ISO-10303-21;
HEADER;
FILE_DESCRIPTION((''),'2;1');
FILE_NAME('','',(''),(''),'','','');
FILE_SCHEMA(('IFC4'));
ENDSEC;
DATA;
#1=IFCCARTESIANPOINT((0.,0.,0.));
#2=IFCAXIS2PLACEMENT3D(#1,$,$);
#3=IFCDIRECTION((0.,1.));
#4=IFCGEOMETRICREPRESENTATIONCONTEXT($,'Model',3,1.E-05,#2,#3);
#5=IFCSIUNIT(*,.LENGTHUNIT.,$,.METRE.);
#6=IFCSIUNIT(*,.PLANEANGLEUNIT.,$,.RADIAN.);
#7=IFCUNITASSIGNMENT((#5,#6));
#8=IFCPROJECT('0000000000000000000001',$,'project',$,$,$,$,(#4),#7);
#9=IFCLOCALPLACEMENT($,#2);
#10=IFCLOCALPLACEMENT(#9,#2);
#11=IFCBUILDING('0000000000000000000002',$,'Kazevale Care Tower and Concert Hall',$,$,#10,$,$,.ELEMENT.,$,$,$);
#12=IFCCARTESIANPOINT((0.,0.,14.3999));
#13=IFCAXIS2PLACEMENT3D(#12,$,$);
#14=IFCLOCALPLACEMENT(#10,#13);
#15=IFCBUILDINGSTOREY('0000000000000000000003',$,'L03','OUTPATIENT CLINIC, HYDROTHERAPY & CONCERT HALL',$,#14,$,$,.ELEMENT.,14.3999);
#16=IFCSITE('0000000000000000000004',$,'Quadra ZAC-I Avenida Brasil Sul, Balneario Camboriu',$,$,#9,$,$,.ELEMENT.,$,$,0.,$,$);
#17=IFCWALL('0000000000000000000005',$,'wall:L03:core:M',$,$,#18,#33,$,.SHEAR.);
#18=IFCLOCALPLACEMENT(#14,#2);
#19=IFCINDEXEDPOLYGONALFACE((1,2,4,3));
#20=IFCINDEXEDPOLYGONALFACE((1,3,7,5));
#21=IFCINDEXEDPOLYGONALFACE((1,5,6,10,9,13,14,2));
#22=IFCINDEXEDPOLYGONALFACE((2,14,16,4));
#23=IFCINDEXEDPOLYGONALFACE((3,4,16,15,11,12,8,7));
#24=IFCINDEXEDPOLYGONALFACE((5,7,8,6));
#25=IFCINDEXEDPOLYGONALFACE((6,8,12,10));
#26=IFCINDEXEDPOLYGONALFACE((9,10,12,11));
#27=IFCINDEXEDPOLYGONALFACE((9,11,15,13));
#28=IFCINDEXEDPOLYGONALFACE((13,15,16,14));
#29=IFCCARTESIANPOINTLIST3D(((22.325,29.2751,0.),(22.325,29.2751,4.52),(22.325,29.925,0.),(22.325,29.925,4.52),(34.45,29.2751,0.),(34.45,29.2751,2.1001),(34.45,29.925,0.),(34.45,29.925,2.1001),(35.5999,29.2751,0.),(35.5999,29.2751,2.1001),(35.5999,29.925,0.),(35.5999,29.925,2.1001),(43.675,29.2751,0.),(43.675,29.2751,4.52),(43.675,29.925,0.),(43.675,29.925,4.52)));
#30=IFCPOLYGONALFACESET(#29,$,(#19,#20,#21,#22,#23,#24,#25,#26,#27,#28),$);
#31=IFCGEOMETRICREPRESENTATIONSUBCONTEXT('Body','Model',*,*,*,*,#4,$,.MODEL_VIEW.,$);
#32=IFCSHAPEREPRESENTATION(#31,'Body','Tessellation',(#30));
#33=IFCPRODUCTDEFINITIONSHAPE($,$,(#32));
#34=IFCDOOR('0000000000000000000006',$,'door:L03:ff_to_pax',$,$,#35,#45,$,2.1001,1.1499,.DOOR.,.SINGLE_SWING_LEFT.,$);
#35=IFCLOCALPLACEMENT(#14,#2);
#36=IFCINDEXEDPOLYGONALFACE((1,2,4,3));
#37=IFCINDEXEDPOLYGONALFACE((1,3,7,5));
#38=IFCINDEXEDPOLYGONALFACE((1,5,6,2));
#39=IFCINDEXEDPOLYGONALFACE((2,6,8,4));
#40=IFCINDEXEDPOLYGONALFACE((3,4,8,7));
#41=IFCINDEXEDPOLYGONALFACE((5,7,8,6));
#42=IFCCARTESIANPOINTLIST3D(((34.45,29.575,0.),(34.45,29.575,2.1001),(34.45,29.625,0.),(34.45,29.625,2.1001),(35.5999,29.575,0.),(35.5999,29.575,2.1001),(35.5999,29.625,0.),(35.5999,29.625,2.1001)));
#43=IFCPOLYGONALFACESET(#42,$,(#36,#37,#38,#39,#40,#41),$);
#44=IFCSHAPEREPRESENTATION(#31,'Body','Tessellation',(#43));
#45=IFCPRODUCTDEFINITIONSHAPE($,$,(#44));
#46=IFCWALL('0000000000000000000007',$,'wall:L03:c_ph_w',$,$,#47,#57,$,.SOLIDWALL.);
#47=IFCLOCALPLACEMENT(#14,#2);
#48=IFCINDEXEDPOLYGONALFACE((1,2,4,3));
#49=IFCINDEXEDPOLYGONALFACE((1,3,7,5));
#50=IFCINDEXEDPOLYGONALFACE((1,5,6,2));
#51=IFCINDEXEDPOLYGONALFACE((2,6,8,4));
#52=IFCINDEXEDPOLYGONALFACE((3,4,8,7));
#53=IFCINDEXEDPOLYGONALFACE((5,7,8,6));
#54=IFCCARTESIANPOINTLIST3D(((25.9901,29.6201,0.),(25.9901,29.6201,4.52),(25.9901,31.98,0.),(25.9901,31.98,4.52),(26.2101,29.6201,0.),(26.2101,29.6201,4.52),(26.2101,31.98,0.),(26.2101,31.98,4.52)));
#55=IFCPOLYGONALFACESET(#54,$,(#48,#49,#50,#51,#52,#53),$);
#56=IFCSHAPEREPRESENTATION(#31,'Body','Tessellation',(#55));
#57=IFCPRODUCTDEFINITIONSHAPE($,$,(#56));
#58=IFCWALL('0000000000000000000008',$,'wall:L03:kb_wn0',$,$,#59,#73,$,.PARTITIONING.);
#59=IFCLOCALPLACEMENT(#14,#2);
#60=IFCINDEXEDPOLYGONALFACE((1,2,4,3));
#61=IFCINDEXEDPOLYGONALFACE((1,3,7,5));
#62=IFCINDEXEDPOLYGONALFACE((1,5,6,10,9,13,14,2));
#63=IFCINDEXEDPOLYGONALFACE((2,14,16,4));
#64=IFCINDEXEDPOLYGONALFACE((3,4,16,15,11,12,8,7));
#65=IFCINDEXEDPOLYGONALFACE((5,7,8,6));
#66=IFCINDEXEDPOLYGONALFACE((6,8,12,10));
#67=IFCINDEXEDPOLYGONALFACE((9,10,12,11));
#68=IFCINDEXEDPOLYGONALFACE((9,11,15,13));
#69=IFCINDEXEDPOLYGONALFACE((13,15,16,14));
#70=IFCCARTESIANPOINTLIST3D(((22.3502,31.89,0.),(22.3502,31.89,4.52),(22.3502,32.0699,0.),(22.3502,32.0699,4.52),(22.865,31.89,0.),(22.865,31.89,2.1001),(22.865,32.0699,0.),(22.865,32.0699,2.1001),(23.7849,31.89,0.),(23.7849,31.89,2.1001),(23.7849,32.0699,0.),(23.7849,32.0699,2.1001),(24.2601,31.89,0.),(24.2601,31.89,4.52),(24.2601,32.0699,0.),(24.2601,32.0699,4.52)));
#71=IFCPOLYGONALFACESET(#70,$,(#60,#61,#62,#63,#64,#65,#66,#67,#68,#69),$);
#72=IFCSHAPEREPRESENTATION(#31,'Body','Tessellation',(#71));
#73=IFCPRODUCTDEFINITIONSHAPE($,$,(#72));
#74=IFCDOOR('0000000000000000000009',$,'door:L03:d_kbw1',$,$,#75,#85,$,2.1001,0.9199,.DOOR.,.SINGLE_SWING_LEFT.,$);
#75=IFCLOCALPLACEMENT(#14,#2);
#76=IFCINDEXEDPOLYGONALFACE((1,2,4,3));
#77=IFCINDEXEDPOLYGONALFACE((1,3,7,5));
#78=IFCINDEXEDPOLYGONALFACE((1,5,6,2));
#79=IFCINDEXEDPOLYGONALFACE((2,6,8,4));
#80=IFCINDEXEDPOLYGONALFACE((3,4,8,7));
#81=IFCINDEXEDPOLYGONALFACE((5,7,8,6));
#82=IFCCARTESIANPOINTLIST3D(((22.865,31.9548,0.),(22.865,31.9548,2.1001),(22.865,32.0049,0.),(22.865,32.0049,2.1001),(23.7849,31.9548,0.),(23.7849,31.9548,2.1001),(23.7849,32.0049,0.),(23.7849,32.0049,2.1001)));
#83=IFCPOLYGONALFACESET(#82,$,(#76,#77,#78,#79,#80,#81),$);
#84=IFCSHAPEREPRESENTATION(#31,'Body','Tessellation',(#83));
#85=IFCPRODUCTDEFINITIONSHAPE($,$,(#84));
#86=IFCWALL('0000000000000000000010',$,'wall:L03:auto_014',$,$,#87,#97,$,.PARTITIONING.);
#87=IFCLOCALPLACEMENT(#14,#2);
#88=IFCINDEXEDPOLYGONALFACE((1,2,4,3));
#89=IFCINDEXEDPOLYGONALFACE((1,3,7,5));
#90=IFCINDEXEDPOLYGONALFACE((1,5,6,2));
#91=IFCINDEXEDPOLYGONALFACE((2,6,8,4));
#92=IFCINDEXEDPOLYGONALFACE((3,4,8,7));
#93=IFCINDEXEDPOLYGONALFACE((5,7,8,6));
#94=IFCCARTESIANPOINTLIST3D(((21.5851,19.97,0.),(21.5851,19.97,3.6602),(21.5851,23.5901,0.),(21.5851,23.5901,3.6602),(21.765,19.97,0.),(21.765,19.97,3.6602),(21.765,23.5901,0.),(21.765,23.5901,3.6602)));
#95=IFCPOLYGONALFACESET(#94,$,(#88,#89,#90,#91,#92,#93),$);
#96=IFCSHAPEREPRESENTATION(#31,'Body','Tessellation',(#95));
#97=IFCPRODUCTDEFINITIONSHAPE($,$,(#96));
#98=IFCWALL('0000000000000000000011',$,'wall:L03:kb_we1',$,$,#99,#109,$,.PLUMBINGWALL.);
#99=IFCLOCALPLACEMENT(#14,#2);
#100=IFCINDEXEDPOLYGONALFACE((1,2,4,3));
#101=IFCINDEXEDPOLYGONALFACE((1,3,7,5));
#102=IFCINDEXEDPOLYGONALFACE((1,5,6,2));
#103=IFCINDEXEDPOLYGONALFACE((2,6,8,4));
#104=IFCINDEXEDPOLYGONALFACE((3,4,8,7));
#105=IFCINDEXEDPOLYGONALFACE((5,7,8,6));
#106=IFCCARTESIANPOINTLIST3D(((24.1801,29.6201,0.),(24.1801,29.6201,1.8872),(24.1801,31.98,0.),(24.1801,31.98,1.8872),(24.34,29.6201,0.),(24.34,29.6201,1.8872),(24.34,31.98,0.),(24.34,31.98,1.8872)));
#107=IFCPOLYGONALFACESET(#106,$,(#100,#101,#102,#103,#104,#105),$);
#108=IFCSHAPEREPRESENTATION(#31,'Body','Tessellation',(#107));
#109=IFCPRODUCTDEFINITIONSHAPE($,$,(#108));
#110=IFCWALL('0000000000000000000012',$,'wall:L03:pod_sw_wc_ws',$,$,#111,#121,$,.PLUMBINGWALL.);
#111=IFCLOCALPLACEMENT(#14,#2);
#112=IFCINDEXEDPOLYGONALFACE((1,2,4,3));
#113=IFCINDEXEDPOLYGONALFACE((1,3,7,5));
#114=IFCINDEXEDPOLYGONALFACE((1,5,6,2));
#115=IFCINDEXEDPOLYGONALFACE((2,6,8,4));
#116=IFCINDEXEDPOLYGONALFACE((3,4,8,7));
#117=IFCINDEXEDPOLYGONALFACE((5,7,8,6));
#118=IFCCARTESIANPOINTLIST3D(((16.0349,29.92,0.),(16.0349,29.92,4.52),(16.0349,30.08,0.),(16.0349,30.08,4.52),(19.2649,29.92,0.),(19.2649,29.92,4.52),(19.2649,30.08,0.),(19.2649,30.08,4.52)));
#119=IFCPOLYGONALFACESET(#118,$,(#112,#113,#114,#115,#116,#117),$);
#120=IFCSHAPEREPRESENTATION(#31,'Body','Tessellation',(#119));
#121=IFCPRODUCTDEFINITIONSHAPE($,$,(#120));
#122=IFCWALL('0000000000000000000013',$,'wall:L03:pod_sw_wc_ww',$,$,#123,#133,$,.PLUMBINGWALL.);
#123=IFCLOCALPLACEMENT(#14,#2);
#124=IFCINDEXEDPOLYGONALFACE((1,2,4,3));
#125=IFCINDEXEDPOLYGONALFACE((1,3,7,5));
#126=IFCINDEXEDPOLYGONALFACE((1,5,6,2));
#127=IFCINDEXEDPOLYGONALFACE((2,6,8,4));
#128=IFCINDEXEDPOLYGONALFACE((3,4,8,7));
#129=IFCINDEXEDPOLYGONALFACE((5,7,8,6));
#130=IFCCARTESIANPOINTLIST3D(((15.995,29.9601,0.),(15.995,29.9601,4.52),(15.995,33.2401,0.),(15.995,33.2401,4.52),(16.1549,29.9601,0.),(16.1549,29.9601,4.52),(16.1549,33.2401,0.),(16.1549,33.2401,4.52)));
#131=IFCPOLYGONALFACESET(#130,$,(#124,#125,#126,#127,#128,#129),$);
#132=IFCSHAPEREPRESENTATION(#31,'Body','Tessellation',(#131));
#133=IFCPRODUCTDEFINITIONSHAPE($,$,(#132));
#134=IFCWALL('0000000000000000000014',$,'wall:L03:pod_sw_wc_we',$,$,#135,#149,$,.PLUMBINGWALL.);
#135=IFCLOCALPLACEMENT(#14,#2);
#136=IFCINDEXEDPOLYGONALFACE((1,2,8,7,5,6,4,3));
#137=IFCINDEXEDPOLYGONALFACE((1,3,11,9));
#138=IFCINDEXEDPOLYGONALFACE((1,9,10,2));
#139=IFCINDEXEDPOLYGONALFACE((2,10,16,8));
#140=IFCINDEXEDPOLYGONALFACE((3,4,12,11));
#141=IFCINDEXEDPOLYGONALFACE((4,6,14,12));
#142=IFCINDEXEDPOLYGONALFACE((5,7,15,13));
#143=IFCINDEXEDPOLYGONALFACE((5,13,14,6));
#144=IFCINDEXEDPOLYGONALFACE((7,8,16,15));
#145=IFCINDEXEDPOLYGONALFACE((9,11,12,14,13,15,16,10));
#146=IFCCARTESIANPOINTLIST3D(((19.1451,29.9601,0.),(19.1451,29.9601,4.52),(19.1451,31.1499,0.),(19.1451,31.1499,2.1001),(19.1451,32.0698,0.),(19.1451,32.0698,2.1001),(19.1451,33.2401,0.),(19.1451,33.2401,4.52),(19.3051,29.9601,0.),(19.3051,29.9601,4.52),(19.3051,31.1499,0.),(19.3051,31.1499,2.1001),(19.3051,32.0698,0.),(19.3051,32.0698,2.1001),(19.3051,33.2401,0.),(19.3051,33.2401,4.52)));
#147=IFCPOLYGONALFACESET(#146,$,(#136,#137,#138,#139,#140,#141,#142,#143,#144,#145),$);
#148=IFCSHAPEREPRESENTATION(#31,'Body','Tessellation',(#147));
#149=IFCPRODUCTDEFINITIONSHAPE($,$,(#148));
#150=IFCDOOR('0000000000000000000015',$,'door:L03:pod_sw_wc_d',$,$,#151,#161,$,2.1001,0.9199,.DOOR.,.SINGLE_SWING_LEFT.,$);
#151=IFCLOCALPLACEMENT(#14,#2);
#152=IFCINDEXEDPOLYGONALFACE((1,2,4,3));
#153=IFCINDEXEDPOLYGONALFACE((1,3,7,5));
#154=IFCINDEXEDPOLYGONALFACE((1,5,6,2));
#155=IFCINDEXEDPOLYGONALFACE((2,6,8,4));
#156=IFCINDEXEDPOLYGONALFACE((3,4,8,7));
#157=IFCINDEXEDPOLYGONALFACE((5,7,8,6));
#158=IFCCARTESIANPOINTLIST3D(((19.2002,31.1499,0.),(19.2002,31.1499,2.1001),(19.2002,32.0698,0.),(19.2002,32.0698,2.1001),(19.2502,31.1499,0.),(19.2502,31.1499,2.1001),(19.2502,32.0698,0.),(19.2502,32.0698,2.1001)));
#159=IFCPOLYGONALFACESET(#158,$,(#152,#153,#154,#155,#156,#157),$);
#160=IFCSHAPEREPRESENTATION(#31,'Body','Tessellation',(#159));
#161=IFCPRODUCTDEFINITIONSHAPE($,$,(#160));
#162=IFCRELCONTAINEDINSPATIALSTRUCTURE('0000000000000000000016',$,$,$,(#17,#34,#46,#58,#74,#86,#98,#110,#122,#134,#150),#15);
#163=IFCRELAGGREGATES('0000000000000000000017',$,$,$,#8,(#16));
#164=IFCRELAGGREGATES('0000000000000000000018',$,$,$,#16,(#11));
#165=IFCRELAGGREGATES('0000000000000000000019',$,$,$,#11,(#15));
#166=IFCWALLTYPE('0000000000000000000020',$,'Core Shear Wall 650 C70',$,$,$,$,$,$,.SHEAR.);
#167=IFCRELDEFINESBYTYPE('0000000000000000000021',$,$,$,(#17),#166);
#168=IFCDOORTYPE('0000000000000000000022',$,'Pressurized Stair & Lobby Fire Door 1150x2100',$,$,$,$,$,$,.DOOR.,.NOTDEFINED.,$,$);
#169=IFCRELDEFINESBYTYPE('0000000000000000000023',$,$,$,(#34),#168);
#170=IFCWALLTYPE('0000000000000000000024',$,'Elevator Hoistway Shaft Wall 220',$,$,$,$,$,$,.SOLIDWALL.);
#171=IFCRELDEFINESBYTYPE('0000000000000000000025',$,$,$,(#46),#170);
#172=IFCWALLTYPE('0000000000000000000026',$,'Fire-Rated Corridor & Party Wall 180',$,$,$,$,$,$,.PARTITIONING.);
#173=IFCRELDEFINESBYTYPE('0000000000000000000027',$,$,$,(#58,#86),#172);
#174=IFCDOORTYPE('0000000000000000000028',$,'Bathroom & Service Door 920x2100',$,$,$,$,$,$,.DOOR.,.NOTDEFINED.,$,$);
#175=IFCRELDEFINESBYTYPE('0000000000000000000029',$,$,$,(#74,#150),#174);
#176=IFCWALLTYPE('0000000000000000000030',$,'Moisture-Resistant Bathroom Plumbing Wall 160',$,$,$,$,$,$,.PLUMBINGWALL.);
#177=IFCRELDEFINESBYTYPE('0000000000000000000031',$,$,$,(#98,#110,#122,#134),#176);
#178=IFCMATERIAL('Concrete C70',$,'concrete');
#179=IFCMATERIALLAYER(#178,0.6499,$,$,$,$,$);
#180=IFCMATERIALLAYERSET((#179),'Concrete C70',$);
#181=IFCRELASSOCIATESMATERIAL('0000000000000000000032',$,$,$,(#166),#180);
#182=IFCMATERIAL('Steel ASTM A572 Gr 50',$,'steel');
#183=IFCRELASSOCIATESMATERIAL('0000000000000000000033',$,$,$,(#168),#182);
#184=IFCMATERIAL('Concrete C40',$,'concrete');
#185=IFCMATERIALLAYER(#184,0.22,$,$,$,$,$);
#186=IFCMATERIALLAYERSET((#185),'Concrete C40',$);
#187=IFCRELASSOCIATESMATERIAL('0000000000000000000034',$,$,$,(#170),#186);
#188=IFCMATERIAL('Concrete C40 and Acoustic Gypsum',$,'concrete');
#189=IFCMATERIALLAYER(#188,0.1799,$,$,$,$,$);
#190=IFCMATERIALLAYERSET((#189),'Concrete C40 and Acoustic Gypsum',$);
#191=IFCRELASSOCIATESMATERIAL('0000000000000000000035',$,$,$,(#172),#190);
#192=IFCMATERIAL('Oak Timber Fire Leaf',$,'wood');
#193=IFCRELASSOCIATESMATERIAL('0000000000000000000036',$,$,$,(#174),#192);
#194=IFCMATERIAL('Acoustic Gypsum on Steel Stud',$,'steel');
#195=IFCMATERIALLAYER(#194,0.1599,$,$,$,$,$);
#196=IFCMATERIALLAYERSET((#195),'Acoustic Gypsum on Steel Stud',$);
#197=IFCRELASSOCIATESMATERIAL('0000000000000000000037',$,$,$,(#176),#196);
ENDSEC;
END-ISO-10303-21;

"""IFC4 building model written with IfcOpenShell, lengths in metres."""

from ifc_helpers import new_model, si_unit, direction, frame, frame_2d, origin, place, context, subcontext, project, spatial, rectangle, extrude, material, layer, layer_set, type_object, element, fill, save


model = new_model("IFC4")

# Units and contexts
model_context = context("Model", 3, precision=1e-05, world=origin(), true_north=direction((0.0, 1.0)))
body_context = subcontext(model_context, "Body", "Model", "MODEL_VIEW")
ifc_project = project(units=[si_unit("LENGTHUNIT", "METRE"), si_unit("PLANEANGLEUNIT", "RADIAN")], contexts=[model_context])

# Site, building, storey
site_placement = place(None, origin())
site = spatial("IfcSite", under=ifc_project, at=site_placement, Name="Quadra ZAC-I Avenida Brasil Sul, Balneario Camboriu", CompositionType="ELEMENT", RefElevation=0.0)
building_placement = place(site_placement, origin())
building = spatial("IfcBuilding", under=site, at=building_placement, Name="Kazevale Care Tower and Concert Hall", CompositionType="ELEMENT")
storey_placement = place(building_placement, frame((0.0, 0.0, 14.3999)))
storey = spatial("IfcBuildingStorey", under=building, at=storey_placement, Name="L03", Description="OUTPATIENT CLINIC, HYDROTHERAPY & CONCERT HALL", CompositionType="ELEMENT", Elevation=14.3999)

# Shared definitions
ifc_material_1 = material(Name="Concrete C70", Category="concrete")

# Shared definitions
ifc_material_2 = material(Name="Steel ASTM A572 Gr 50", Category="steel")

# Shared definitions
ifc_material_3 = material(Name="Acoustic Gypsum on Steel Stud", Category="steel")
ifc_material_4 = material(Name="Oak Timber Fire Leaf", Category="wood")

# Shared definitions
ifc_layer_1 = layer(ifc_material_1, 0.6499)
ifc_layer_set_1 = layer_set([ifc_layer_1], Name="Concrete C70")
wall_type_1 = type_object("IfcWallType", Name="Core Shear Wall 650 C70", PredefinedType="SHEAR", material=ifc_layer_set_1)

# Wall, opening, door
wall_1_placement = place(storey_placement, frame((22.325, 29.6001, 0.0), z_axis=(0.0, 0.0, 1.0), x_axis=(1.0, 0.0, 0.0)))
wall_1 = element("IfcWall", 1, at=wall_1_placement, inside=storey, type_object=wall_type_1, Name="wall:L03:core:M", PredefinedType="SHEAR", context=body_context, shape_type="SweptSolid", body=[
    extrude(rectangle(XDim=21.3501, YDim=0.6499, at=frame_2d((10.675, 0.0))), origin(), (0.0, 0.0, 1.0), 4.52),
])
opening_1_placement = place(wall_1_placement, frame((12.125, 0.0, 0.0)))
opening_1 = element("IfcOpeningElement", 2, at=opening_1_placement, cuts=wall_1, PredefinedType="OPENING", context=body_context, shape_type="SweptSolid", body=[
    extrude(rectangle(XDim=1.1499, YDim=2.1001, at=frame_2d((0.575, 1.05))), frame((0.0, 0.335, 0.0), z_axis=(0.0, -1.0, 0.0), x_axis=(1.0, 0.0, 0.0)), (0.0, 0.0, 1.0), 0.6699),
])
door_type_1 = type_object("IfcDoorType", Name="Pressurized Stair & Lobby Fire Door 1150x2100", OperationType="NOTDEFINED", PredefinedType="DOOR", material=ifc_material_2)
door_1_placement = place(opening_1_placement, origin())
door_1 = element("IfcDoor", 3, at=door_1_placement, inside=storey, type_object=door_type_1, Name="door:L03:ff_to_pax", OperationType="SINGLE_SWING_LEFT", OverallHeight=2.1001, OverallWidth=1.1499, PredefinedType="DOOR", context=body_context, shape_type="SweptSolid", body=[
    extrude(rectangle(XDim=1.1499, YDim=2.1001, at=frame_2d((0.575, 1.05))), frame((0.0, 0.0249, 0.0), z_axis=(0.0, -1.0, 0.0), x_axis=(1.0, 0.0, 0.0)), (0.0, 0.0, 1.0), 0.05),
])
fill(opening_1, door_1)

# Wall
ifc_material_5 = material(Name="Concrete C40", Category="concrete")
ifc_layer_2 = layer(ifc_material_5, 0.22)
ifc_layer_set_2 = layer_set([ifc_layer_2], Name="Concrete C40")
wall_type_2 = type_object("IfcWallType", Name="Elevator Hoistway Shaft Wall 220", PredefinedType="SOLIDWALL", material=ifc_layer_set_2)
wall_2_placement = place(storey_placement, frame((26.1001, 29.6201, 0.0), z_axis=(0.0, 0.0, 1.0), x_axis=(0.0, 1.0, 0.0)))
element("IfcWall", 4, at=wall_2_placement, inside=storey, type_object=wall_type_2, Name="wall:L03:c_ph_w", PredefinedType="SOLIDWALL", context=body_context, shape_type="SweptSolid", body=[
    extrude(rectangle(XDim=2.3599, YDim=0.22, at=frame_2d((1.1799, 0.0))), origin(), (0.0, 0.0, 1.0), 4.52),
])

# Wall, opening, door
ifc_material_6 = material(Name="Concrete C40 and Acoustic Gypsum", Category="concrete")
ifc_layer_3 = layer(ifc_material_6, 0.1799)
ifc_layer_set_3 = layer_set([ifc_layer_3], Name="Concrete C40 and Acoustic Gypsum")
wall_type_3 = type_object("IfcWallType", Name="Fire-Rated Corridor & Party Wall 180", PredefinedType="PARTITIONING", material=ifc_layer_set_3)
wall_3_placement = place(storey_placement, frame((22.3501, 31.98, 0.0), z_axis=(0.0, 0.0, 1.0), x_axis=(1.0, 0.0, 0.0)))
wall_3 = element("IfcWall", 5, at=wall_3_placement, inside=storey, type_object=wall_type_3, Name="wall:L03:kb_wn0", PredefinedType="PARTITIONING", context=body_context, shape_type="SweptSolid", body=[
    extrude(rectangle(XDim=1.9099, YDim=0.1799, at=frame_2d((0.9551, 0.0))), origin(), (0.0, 0.0, 1.0), 4.52),
])
opening_2_placement = place(wall_3_placement, frame((0.5149, 0.0, 0.0)))
opening_2 = element("IfcOpeningElement", 6, at=opening_2_placement, cuts=wall_3, PredefinedType="OPENING", context=body_context, shape_type="SweptSolid", body=[
    extrude(rectangle(XDim=0.9199, YDim=2.1001, at=frame_2d((0.46, 1.05))), frame((0.0, 0.0999, 0.0), z_axis=(0.0, -1.0, 0.0), x_axis=(1.0, 0.0, 0.0)), (0.0, 0.0, 1.0), 0.2),
])
door_type_2 = type_object("IfcDoorType", Name="Bathroom & Service Door 920x2100", OperationType="NOTDEFINED", PredefinedType="DOOR", material=ifc_material_4)
door_2_placement = place(opening_2_placement, origin())
door_2 = element("IfcDoor", 7, at=door_2_placement, inside=storey, type_object=door_type_2, Name="door:L03:d_kbw1", OperationType="SINGLE_SWING_LEFT", OverallHeight=2.1001, OverallWidth=0.9199, PredefinedType="DOOR", context=body_context, shape_type="SweptSolid", body=[
    extrude(rectangle(XDim=0.9199, YDim=2.1001, at=frame_2d((0.46, 1.05))), frame((0.0, 0.0249, 0.0), z_axis=(0.0, -1.0, 0.0), x_axis=(1.0, 0.0, 0.0)), (0.0, 0.0, 1.0), 0.05),
])
fill(opening_2, door_2)

# Walls
wall_4_placement = place(storey_placement, frame((21.675, 23.5901, 0.0), z_axis=(0.0, 0.0, 1.0), x_axis=(0.0, -1.0, 0.0)))
element("IfcWall", 8, at=wall_4_placement, inside=storey, type_object=wall_type_3, Name="wall:L03:auto_014", PredefinedType="PARTITIONING", context=body_context, shape_type="SweptSolid", body=[
    extrude(rectangle(XDim=3.6201, YDim=0.1799, at=frame_2d((1.8101, 0.0))), origin(), (0.0, 0.0, 1.0), 3.6602),
])
ifc_layer_4 = layer(ifc_material_3, 0.1599)
ifc_layer_set_4 = layer_set([ifc_layer_4], Name="Acoustic Gypsum on Steel Stud")
wall_type_4 = type_object("IfcWallType", Name="Moisture-Resistant Bathroom Plumbing Wall 160", PredefinedType="PLUMBINGWALL", material=ifc_layer_set_4)
wall_5_placement = place(storey_placement, frame((24.26, 29.6201, 0.0), z_axis=(0.0, 0.0, 1.0), x_axis=(0.0, 1.0, 0.0)))
element("IfcWall", 9, at=wall_5_placement, inside=storey, type_object=wall_type_4, Name="wall:L03:kb_we1", PredefinedType="PLUMBINGWALL", context=body_context, shape_type="SweptSolid", body=[
    extrude(rectangle(XDim=2.3599, YDim=0.1599, at=frame_2d((1.1799, 0.0))), origin(), (0.0, 0.0, 1.0), 1.8872),
])
wall_6_placement = place(storey_placement, frame((16.0349, 30.0, 0.0), z_axis=(0.0, 0.0, 1.0), x_axis=(1.0, 0.0, 0.0)))
element("IfcWall", 10, at=wall_6_placement, inside=storey, type_object=wall_type_4, Name="wall:L03:pod_sw_wc_ws", PredefinedType="PLUMBINGWALL", context=body_context, shape_type="SweptSolid", body=[
    extrude(rectangle(XDim=3.23, YDim=0.1599, at=frame_2d((1.615, 0.0))), origin(), (0.0, 0.0, 1.0), 4.52),
])
wall_7_placement = place(storey_placement, frame((16.075, 29.96, 0.0), z_axis=(0.0, 0.0, 1.0), x_axis=(0.0, 1.0, 0.0)))
element("IfcWall", 11, at=wall_7_placement, inside=storey, type_object=wall_type_4, Name="wall:L03:pod_sw_wc_ww", PredefinedType="PLUMBINGWALL", context=body_context, shape_type="SweptSolid", body=[
    extrude(rectangle(XDim=3.28, YDim=0.1599, at=frame_2d((1.6401, 0.0))), origin(), (0.0, 0.0, 1.0), 4.52),
])

# Wall, opening, door
wall_8_placement = place(storey_placement, frame((19.2251, 29.96, 0.0), z_axis=(0.0, 0.0, 1.0), x_axis=(0.0, 1.0, 0.0)))
wall_8 = element("IfcWall", 12, at=wall_8_placement, inside=storey, type_object=wall_type_4, Name="wall:L03:pod_sw_wc_we", PredefinedType="PLUMBINGWALL", context=body_context, shape_type="SweptSolid", body=[
    extrude(rectangle(XDim=3.28, YDim=0.1599, at=frame_2d((1.6401, 0.0))), origin(), (0.0, 0.0, 1.0), 4.52),
])
opening_3_placement = place(wall_8_placement, frame((1.1899, 0.0, 0.0)))
opening_3 = element("IfcOpeningElement", 13, at=opening_3_placement, cuts=wall_8, PredefinedType="OPENING", context=body_context, shape_type="SweptSolid", body=[
    extrude(rectangle(XDim=0.9199, YDim=2.1001, at=frame_2d((0.46, 1.05))), frame((0.0, 0.0898, 0.0), z_axis=(0.0, -1.0, 0.0), x_axis=(1.0, 0.0, 0.0)), (0.0, 0.0, 1.0), 0.1799),
])
door_3_placement = place(opening_3_placement, origin())
door_3 = element("IfcDoor", 14, at=door_3_placement, inside=storey, type_object=door_type_2, Name="door:L03:pod_sw_wc_d", OperationType="SINGLE_SWING_LEFT", OverallHeight=2.1001, OverallWidth=0.9199, PredefinedType="DOOR", context=body_context, shape_type="SweptSolid", body=[
    extrude(rectangle(XDim=0.9199, YDim=2.1001, at=frame_2d((0.46, 1.05))), frame((0.0, 0.0249, 0.0), z_axis=(0.0, -1.0, 0.0), x_axis=(1.0, 0.0, 0.0)), (0.0, 0.0, 1.0), 0.05),
])
fill(opening_3, door_3)

save(model, "model.ifc")
